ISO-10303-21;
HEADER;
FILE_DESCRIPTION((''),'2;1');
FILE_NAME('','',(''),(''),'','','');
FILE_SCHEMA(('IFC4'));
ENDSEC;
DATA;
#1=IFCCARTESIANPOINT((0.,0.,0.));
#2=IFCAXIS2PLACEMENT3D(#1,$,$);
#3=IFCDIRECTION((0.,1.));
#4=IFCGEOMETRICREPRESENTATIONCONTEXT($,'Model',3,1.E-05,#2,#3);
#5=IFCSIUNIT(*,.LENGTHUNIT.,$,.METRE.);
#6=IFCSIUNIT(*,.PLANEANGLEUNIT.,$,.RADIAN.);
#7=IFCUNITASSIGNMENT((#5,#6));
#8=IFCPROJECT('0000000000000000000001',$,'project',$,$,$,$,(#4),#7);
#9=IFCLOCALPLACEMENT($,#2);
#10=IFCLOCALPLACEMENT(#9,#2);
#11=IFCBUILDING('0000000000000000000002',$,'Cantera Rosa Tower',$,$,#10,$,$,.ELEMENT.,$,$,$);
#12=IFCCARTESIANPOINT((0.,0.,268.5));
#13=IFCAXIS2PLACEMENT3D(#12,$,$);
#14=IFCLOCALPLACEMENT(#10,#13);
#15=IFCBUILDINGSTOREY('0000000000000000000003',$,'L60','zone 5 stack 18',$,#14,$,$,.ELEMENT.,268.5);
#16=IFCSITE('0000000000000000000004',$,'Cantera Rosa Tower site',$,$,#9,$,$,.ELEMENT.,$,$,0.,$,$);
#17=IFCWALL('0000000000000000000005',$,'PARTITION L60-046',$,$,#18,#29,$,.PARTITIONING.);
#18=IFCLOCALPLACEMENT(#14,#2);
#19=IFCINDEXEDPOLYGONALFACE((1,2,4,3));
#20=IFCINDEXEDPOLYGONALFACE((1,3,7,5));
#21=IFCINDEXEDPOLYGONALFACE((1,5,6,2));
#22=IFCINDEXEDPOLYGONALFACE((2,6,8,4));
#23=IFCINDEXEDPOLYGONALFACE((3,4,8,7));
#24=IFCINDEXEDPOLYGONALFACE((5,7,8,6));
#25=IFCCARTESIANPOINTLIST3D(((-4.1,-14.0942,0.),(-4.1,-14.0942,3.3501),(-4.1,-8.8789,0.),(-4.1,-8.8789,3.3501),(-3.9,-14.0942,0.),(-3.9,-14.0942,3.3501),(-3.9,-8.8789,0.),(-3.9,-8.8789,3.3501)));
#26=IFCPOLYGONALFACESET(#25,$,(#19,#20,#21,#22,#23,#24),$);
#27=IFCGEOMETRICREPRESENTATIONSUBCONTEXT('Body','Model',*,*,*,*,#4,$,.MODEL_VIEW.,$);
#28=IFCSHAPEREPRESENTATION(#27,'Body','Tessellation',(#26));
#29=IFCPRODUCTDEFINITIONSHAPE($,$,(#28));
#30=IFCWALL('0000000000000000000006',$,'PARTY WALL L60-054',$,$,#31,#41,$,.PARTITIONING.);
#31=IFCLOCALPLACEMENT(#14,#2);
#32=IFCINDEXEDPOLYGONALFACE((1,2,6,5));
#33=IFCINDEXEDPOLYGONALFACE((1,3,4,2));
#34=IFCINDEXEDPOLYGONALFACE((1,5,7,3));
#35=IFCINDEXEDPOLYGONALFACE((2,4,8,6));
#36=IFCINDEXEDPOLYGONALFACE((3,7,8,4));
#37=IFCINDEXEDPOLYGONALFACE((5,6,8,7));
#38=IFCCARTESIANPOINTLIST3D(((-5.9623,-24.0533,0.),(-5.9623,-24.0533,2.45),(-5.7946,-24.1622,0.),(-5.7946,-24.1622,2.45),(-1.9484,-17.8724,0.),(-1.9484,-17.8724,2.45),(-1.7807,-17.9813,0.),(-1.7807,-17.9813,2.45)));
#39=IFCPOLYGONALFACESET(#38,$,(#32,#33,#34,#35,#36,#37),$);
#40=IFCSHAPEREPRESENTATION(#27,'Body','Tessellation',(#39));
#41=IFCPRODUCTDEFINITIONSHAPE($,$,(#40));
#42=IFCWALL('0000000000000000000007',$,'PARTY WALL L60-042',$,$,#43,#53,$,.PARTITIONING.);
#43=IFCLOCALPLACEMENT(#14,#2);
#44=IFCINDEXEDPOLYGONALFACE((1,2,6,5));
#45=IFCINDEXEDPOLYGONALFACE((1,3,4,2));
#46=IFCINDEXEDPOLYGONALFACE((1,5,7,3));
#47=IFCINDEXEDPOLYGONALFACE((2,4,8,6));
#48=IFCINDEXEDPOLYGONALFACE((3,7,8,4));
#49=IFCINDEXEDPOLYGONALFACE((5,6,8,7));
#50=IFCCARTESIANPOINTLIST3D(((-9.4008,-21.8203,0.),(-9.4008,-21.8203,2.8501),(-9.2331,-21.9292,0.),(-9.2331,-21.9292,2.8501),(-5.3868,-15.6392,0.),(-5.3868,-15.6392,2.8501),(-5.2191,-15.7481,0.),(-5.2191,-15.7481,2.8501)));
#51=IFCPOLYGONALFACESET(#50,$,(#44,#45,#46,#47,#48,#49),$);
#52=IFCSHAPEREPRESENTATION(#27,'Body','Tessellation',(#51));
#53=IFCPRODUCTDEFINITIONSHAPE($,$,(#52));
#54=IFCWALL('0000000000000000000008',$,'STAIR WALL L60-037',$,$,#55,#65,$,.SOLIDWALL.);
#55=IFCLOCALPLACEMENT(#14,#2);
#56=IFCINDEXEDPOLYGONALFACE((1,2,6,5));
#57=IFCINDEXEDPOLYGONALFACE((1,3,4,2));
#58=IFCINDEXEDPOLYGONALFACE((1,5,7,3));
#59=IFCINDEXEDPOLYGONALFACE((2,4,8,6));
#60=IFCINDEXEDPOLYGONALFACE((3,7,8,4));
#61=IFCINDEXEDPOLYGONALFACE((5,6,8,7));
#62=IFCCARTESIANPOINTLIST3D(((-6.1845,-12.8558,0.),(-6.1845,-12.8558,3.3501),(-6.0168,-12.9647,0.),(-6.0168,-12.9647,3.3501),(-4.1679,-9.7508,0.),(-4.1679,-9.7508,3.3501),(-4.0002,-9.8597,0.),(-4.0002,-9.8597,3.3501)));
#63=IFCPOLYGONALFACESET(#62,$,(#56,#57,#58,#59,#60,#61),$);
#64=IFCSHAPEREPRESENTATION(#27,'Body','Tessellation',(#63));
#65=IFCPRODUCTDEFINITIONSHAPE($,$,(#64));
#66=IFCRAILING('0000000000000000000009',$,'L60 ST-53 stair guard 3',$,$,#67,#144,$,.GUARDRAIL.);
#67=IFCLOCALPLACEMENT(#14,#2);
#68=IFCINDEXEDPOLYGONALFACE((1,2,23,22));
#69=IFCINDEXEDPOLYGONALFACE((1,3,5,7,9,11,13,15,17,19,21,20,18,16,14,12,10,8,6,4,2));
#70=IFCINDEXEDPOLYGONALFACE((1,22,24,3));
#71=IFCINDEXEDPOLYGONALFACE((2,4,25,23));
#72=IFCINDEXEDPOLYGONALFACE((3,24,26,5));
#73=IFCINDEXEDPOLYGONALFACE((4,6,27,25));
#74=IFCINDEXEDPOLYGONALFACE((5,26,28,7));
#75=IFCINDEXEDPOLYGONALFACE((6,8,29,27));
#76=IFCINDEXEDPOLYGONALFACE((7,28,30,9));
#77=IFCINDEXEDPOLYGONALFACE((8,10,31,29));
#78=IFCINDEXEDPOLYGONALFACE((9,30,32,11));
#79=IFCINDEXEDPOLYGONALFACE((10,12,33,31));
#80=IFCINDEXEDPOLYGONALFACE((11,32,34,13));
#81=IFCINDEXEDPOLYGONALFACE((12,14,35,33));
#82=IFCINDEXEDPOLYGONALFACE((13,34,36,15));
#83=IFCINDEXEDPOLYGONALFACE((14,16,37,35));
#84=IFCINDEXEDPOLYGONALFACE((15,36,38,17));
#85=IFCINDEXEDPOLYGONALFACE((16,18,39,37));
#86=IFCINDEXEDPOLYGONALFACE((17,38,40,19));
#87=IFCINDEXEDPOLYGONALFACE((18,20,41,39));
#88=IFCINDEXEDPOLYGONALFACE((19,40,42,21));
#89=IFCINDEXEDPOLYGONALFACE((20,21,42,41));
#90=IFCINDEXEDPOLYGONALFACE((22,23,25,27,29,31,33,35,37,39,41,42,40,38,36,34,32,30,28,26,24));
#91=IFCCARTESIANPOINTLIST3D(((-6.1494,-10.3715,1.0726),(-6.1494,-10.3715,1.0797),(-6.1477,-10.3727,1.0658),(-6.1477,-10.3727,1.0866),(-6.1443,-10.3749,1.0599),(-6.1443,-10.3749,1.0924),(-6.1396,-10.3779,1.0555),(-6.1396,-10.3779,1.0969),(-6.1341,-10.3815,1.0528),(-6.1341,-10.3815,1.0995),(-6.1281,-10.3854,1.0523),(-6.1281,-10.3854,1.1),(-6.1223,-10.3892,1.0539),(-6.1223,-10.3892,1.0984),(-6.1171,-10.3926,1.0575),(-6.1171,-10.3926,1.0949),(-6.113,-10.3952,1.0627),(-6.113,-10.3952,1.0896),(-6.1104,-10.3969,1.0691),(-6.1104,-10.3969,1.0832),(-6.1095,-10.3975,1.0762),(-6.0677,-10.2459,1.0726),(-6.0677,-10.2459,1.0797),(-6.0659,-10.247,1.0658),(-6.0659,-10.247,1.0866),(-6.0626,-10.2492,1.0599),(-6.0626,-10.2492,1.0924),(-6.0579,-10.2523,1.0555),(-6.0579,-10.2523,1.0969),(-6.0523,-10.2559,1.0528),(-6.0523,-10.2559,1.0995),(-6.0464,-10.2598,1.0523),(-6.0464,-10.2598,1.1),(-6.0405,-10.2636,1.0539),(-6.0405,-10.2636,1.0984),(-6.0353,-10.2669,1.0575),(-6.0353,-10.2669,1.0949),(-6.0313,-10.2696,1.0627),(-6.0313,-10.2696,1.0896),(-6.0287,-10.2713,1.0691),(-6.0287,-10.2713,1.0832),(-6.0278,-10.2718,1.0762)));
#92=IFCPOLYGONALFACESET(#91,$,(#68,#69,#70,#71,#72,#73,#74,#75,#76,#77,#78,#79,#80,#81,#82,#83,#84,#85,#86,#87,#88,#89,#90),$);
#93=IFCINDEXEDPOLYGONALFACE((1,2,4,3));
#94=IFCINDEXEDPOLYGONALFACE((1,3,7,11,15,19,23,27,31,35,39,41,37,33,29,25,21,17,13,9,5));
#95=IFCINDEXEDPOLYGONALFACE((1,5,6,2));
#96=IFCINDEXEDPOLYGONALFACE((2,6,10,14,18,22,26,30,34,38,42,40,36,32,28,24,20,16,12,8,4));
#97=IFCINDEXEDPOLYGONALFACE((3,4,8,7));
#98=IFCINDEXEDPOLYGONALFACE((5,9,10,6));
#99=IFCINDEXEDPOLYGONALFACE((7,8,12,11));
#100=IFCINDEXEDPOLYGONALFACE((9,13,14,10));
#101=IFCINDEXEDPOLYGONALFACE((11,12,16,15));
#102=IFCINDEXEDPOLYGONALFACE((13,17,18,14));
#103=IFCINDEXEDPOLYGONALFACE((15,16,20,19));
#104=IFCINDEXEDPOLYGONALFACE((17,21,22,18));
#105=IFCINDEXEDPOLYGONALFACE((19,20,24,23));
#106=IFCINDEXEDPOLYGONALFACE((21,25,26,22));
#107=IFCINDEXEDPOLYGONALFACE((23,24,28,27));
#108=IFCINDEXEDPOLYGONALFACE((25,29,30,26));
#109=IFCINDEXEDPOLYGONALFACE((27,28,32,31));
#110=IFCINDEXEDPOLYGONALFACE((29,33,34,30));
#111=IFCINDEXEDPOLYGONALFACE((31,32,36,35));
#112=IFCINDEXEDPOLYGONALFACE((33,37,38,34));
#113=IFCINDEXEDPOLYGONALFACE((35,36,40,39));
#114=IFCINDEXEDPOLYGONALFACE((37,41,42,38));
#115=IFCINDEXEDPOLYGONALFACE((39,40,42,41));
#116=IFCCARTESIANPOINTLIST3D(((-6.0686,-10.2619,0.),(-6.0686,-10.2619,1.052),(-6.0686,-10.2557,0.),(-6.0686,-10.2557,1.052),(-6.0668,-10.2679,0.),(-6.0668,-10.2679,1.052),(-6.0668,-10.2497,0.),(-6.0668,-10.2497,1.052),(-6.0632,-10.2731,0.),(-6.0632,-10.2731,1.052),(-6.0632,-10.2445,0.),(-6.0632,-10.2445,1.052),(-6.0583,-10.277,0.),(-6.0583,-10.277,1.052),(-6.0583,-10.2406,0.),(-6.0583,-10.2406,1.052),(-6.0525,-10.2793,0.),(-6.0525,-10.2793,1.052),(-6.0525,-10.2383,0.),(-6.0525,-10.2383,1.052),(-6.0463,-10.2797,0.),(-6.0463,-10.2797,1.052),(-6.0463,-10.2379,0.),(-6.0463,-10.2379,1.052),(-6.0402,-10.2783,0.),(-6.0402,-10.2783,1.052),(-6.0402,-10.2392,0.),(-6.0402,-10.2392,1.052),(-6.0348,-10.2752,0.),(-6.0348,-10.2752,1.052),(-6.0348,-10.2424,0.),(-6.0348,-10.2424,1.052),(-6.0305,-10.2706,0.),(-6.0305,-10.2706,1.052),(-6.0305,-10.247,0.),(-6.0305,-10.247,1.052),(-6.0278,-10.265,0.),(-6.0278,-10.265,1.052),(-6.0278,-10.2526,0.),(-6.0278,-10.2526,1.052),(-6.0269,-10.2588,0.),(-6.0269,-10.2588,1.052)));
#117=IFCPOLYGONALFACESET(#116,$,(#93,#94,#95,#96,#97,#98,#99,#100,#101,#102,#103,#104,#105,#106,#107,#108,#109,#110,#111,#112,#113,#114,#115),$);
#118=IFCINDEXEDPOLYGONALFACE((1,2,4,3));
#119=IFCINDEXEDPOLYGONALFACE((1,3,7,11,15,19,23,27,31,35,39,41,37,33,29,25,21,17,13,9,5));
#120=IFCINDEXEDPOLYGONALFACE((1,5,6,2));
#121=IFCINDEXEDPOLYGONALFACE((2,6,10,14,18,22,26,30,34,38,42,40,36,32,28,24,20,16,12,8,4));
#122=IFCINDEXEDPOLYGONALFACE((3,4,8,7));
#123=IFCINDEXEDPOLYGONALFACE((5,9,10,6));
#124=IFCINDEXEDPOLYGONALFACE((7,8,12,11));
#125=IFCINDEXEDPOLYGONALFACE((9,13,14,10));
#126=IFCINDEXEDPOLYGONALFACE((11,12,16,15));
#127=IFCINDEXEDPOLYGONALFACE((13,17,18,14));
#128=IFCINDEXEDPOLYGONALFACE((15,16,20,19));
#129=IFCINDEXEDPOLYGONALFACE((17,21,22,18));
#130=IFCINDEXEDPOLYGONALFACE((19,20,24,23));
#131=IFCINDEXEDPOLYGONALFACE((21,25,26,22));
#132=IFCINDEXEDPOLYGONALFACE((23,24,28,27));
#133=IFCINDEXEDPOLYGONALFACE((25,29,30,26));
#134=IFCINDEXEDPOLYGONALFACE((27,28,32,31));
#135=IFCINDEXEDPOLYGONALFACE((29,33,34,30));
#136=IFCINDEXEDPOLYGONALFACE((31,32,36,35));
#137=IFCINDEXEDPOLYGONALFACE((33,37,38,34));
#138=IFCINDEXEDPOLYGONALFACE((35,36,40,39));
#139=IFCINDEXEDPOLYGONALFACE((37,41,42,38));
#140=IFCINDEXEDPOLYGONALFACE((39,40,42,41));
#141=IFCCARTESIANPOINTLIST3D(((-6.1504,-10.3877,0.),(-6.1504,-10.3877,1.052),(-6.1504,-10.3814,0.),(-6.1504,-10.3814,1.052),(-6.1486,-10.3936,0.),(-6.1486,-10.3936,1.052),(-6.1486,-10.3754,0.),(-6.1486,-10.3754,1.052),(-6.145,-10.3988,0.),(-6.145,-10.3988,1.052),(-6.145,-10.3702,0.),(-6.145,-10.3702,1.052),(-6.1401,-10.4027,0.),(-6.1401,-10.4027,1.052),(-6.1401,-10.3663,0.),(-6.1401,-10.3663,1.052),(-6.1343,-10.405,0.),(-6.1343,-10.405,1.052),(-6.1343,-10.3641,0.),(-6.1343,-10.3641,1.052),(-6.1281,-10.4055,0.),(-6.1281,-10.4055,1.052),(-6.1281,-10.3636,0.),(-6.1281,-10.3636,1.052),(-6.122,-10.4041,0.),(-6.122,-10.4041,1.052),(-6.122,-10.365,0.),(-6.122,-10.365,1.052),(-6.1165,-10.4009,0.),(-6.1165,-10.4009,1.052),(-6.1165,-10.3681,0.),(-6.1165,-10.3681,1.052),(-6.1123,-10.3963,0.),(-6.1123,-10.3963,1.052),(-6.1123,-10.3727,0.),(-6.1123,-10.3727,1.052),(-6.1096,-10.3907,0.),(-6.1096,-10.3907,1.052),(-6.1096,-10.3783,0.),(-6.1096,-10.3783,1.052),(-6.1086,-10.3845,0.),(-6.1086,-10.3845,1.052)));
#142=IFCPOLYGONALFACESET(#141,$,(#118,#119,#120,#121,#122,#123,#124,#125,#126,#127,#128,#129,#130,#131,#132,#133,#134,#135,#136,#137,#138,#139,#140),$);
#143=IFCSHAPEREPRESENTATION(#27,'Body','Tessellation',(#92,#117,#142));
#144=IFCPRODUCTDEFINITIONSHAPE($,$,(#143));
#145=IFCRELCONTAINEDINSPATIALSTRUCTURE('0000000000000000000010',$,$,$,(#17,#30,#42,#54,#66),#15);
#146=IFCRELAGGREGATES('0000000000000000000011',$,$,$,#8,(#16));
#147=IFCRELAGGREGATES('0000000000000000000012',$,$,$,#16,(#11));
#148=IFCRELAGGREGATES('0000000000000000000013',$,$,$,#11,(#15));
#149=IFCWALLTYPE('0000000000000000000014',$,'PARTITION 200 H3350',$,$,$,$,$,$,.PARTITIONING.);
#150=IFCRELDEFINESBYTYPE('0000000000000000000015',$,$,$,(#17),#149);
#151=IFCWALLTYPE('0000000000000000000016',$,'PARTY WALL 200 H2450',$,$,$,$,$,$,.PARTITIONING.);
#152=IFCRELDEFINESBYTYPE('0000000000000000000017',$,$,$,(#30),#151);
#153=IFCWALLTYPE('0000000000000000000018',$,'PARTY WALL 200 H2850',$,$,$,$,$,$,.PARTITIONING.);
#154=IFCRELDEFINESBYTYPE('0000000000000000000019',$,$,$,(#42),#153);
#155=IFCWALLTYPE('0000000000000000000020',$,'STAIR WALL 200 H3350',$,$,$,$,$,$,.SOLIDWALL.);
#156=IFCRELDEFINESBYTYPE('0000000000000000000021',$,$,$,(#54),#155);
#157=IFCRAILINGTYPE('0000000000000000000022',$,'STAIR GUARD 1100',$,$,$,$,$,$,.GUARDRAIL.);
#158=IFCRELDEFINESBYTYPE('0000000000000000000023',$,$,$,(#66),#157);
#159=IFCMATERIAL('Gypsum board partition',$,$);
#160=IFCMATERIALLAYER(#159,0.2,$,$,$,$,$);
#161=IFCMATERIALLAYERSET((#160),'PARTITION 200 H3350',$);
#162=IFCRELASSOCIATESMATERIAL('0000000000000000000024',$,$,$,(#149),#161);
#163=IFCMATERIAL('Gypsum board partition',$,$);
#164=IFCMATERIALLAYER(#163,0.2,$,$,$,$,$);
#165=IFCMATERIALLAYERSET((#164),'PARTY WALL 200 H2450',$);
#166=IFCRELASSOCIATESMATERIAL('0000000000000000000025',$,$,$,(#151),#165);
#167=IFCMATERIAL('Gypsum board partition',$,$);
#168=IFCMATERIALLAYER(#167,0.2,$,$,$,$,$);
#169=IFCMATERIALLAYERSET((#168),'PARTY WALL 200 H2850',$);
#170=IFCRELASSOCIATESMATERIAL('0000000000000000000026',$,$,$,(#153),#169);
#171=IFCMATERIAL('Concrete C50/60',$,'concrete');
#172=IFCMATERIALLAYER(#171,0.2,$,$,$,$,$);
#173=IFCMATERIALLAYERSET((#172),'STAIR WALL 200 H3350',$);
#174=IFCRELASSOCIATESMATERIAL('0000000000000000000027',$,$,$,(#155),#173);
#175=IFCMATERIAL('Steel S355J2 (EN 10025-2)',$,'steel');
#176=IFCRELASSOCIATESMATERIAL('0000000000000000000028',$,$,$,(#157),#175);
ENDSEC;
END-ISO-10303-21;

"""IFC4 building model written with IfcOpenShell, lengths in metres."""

from ifc_helpers import new_model, si_unit, direction, frame, frame_2d, origin, origin_2d, place, context, subcontext, project, spatial, rectangle, circle, extrude, material, layer, layer_set, type_object, element, save


model = new_model("IFC4")

# Units and contexts
model_context = context("Model", 3, precision=1e-05, world=origin(), true_north=direction((0.0, 1.0)))
body_context = subcontext(model_context, "Body", "Model", "MODEL_VIEW")
ifc_project = project(units=[si_unit("LENGTHUNIT", "METRE"), si_unit("PLANEANGLEUNIT", "RADIAN")], contexts=[model_context])

# Site, building, storey
site_placement = place(None, origin())
site = spatial("IfcSite", under=ifc_project, at=site_placement, Name="Cantera Rosa Tower site", CompositionType="ELEMENT", RefElevation=0.0)
building_placement = place(site_placement, origin())
building = spatial("IfcBuilding", under=site, at=building_placement, Name="Cantera Rosa Tower", CompositionType="ELEMENT")
storey_placement = place(building_placement, frame((0.0, 0.0, 268.5)))
storey = spatial("IfcBuildingStorey", under=building, at=storey_placement, Name="L60", Description="zone 5 stack 18", CompositionType="ELEMENT", Elevation=268.5)

# Shared definitions
ifc_material_1 = material(Name="Gypsum board partition")
ifc_layer_1 = layer(ifc_material_1, 0.2)
ifc_layer_set_1 = layer_set([ifc_layer_1], Name="PARTITION 200 H3350")
wall_type_1 = type_object("IfcWallType", Name="PARTITION 200 H3350", PredefinedType="PARTITIONING", material=ifc_layer_set_1)

# Walls
wall_1_placement = place(storey_placement, frame((-4.0, -14.0942, 0.0), z_axis=(0.0, 0.0, 1.0), x_axis=(0.0, 1.0, 0.0)))
element("IfcWall", 1, at=wall_1_placement, inside=storey, type_object=wall_type_1, Name="PARTITION L60-046", PredefinedType="PARTITIONING", context=body_context, shape_type="SweptSolid", body=[
    extrude(rectangle(XDim=5.2153, YDim=0.2, at=frame_2d((2.6077, 0.0))), origin(), (0.0, 0.0, 1.0), 3.3501),
])
ifc_material_2 = material(Name="Gypsum board partition")
ifc_layer_2 = layer(ifc_material_2, 0.2)
ifc_layer_set_2 = layer_set([ifc_layer_2], Name="PARTY WALL 200 H2450")
wall_type_2 = type_object("IfcWallType", Name="PARTY WALL 200 H2450", PredefinedType="PARTITIONING", material=ifc_layer_set_2)
wall_2_placement = place(storey_placement, frame((-1.8645, -17.9268, 0.0), z_axis=(0.0, 0.0, 1.0), x_axis=(-0.544638, -0.838671, 0.0)))
element("IfcWall", 2, at=wall_2_placement, inside=storey, type_object=wall_type_2, Name="PARTY WALL L60-054", PredefinedType="PARTITIONING", context=body_context, shape_type="SweptSolid", body=[
    extrude(rectangle(XDim=7.3699, YDim=0.2, at=frame_2d((3.6851, 0.0))), origin(), (0.0, 0.0, 1.0), 2.45),
])
ifc_material_3 = material(Name="Gypsum board partition")
ifc_layer_3 = layer(ifc_material_3, 0.2)
ifc_layer_set_3 = layer_set([ifc_layer_3], Name="PARTY WALL 200 H2850")
wall_type_3 = type_object("IfcWallType", Name="PARTY WALL 200 H2850", PredefinedType="PARTITIONING", material=ifc_layer_set_3)
wall_3_placement = place(storey_placement, frame((-5.303, -15.6936, 0.0), z_axis=(0.0, 0.0, 1.0), x_axis=(-0.544623, -0.838681, 0.0)))
element("IfcWall", 3, at=wall_3_placement, inside=storey, type_object=wall_type_3, Name="PARTY WALL L60-042", PredefinedType="PARTITIONING", context=body_context, shape_type="SweptSolid", body=[
    extrude(rectangle(XDim=7.3701, YDim=0.2, at=frame_2d((3.6851, 0.0))), origin(), (0.0, 0.0, 1.0), 2.8501),
])
ifc_material_4 = material(Name="Concrete C50/60", Category="concrete")
ifc_layer_4 = layer(ifc_material_4, 0.2)
ifc_layer_set_4 = layer_set([ifc_layer_4], Name="STAIR WALL 200 H3350")
wall_type_4 = type_object("IfcWallType", Name="STAIR WALL 200 H3350", PredefinedType="SOLIDWALL", material=ifc_layer_set_4)
wall_4_placement = place(storey_placement, frame((-6.1006, -12.9102, 0.0), z_axis=(0.0, 0.0, 1.0), x_axis=(0.544678, 0.838645, 0.0)))
element("IfcWall", 4, at=wall_4_placement, inside=storey, type_object=wall_type_4, Name="STAIR WALL L60-037", PredefinedType="SOLIDWALL", context=body_context, shape_type="SweptSolid", body=[
    extrude(rectangle(XDim=3.7024, YDim=0.2, at=frame_2d((1.8511, 0.0))), origin(), (0.0, 0.0, 1.0), 3.3501),
])

# Railing
ifc_material_5 = material(Name="Steel S355J2 (EN 10025-2)", Category="steel")
railing_type_1 = type_object("IfcRailingType", Name="STAIR GUARD 1100", PredefinedType="GUARDRAIL", material=ifc_material_5)
railing_1_placement = place(storey_placement, frame((-6.0479, -10.2588, 0.0)))
element("IfcRailing", 5, at=railing_1_placement, inside=storey, type_object=railing_type_1, Name="L60 ST-53 stair guard 3", PredefinedType="GUARDRAIL", context=body_context, shape_type="SweptSolid", body=[
    extrude(circle(Radius=0.0239, at=origin_2d()), frame((0.0, 0.0, 1.0762), z_axis=(-0.545274, -0.838258, 0.0), x_axis=(0.838258, -0.545274, 0.0)), (0.0, 0.0, 1.0), 0.1499),
    extrude(circle(Radius=0.021, at=origin_2d()), origin(), (0.0, 0.0, 1.0), 1.052),
    extrude(circle(Radius=0.021, at=origin_2d()), frame((-0.0818, -0.1257, 0.0)), (0.0, 0.0, 1.0), 1.052),
])

save(model, "model.ifc")
